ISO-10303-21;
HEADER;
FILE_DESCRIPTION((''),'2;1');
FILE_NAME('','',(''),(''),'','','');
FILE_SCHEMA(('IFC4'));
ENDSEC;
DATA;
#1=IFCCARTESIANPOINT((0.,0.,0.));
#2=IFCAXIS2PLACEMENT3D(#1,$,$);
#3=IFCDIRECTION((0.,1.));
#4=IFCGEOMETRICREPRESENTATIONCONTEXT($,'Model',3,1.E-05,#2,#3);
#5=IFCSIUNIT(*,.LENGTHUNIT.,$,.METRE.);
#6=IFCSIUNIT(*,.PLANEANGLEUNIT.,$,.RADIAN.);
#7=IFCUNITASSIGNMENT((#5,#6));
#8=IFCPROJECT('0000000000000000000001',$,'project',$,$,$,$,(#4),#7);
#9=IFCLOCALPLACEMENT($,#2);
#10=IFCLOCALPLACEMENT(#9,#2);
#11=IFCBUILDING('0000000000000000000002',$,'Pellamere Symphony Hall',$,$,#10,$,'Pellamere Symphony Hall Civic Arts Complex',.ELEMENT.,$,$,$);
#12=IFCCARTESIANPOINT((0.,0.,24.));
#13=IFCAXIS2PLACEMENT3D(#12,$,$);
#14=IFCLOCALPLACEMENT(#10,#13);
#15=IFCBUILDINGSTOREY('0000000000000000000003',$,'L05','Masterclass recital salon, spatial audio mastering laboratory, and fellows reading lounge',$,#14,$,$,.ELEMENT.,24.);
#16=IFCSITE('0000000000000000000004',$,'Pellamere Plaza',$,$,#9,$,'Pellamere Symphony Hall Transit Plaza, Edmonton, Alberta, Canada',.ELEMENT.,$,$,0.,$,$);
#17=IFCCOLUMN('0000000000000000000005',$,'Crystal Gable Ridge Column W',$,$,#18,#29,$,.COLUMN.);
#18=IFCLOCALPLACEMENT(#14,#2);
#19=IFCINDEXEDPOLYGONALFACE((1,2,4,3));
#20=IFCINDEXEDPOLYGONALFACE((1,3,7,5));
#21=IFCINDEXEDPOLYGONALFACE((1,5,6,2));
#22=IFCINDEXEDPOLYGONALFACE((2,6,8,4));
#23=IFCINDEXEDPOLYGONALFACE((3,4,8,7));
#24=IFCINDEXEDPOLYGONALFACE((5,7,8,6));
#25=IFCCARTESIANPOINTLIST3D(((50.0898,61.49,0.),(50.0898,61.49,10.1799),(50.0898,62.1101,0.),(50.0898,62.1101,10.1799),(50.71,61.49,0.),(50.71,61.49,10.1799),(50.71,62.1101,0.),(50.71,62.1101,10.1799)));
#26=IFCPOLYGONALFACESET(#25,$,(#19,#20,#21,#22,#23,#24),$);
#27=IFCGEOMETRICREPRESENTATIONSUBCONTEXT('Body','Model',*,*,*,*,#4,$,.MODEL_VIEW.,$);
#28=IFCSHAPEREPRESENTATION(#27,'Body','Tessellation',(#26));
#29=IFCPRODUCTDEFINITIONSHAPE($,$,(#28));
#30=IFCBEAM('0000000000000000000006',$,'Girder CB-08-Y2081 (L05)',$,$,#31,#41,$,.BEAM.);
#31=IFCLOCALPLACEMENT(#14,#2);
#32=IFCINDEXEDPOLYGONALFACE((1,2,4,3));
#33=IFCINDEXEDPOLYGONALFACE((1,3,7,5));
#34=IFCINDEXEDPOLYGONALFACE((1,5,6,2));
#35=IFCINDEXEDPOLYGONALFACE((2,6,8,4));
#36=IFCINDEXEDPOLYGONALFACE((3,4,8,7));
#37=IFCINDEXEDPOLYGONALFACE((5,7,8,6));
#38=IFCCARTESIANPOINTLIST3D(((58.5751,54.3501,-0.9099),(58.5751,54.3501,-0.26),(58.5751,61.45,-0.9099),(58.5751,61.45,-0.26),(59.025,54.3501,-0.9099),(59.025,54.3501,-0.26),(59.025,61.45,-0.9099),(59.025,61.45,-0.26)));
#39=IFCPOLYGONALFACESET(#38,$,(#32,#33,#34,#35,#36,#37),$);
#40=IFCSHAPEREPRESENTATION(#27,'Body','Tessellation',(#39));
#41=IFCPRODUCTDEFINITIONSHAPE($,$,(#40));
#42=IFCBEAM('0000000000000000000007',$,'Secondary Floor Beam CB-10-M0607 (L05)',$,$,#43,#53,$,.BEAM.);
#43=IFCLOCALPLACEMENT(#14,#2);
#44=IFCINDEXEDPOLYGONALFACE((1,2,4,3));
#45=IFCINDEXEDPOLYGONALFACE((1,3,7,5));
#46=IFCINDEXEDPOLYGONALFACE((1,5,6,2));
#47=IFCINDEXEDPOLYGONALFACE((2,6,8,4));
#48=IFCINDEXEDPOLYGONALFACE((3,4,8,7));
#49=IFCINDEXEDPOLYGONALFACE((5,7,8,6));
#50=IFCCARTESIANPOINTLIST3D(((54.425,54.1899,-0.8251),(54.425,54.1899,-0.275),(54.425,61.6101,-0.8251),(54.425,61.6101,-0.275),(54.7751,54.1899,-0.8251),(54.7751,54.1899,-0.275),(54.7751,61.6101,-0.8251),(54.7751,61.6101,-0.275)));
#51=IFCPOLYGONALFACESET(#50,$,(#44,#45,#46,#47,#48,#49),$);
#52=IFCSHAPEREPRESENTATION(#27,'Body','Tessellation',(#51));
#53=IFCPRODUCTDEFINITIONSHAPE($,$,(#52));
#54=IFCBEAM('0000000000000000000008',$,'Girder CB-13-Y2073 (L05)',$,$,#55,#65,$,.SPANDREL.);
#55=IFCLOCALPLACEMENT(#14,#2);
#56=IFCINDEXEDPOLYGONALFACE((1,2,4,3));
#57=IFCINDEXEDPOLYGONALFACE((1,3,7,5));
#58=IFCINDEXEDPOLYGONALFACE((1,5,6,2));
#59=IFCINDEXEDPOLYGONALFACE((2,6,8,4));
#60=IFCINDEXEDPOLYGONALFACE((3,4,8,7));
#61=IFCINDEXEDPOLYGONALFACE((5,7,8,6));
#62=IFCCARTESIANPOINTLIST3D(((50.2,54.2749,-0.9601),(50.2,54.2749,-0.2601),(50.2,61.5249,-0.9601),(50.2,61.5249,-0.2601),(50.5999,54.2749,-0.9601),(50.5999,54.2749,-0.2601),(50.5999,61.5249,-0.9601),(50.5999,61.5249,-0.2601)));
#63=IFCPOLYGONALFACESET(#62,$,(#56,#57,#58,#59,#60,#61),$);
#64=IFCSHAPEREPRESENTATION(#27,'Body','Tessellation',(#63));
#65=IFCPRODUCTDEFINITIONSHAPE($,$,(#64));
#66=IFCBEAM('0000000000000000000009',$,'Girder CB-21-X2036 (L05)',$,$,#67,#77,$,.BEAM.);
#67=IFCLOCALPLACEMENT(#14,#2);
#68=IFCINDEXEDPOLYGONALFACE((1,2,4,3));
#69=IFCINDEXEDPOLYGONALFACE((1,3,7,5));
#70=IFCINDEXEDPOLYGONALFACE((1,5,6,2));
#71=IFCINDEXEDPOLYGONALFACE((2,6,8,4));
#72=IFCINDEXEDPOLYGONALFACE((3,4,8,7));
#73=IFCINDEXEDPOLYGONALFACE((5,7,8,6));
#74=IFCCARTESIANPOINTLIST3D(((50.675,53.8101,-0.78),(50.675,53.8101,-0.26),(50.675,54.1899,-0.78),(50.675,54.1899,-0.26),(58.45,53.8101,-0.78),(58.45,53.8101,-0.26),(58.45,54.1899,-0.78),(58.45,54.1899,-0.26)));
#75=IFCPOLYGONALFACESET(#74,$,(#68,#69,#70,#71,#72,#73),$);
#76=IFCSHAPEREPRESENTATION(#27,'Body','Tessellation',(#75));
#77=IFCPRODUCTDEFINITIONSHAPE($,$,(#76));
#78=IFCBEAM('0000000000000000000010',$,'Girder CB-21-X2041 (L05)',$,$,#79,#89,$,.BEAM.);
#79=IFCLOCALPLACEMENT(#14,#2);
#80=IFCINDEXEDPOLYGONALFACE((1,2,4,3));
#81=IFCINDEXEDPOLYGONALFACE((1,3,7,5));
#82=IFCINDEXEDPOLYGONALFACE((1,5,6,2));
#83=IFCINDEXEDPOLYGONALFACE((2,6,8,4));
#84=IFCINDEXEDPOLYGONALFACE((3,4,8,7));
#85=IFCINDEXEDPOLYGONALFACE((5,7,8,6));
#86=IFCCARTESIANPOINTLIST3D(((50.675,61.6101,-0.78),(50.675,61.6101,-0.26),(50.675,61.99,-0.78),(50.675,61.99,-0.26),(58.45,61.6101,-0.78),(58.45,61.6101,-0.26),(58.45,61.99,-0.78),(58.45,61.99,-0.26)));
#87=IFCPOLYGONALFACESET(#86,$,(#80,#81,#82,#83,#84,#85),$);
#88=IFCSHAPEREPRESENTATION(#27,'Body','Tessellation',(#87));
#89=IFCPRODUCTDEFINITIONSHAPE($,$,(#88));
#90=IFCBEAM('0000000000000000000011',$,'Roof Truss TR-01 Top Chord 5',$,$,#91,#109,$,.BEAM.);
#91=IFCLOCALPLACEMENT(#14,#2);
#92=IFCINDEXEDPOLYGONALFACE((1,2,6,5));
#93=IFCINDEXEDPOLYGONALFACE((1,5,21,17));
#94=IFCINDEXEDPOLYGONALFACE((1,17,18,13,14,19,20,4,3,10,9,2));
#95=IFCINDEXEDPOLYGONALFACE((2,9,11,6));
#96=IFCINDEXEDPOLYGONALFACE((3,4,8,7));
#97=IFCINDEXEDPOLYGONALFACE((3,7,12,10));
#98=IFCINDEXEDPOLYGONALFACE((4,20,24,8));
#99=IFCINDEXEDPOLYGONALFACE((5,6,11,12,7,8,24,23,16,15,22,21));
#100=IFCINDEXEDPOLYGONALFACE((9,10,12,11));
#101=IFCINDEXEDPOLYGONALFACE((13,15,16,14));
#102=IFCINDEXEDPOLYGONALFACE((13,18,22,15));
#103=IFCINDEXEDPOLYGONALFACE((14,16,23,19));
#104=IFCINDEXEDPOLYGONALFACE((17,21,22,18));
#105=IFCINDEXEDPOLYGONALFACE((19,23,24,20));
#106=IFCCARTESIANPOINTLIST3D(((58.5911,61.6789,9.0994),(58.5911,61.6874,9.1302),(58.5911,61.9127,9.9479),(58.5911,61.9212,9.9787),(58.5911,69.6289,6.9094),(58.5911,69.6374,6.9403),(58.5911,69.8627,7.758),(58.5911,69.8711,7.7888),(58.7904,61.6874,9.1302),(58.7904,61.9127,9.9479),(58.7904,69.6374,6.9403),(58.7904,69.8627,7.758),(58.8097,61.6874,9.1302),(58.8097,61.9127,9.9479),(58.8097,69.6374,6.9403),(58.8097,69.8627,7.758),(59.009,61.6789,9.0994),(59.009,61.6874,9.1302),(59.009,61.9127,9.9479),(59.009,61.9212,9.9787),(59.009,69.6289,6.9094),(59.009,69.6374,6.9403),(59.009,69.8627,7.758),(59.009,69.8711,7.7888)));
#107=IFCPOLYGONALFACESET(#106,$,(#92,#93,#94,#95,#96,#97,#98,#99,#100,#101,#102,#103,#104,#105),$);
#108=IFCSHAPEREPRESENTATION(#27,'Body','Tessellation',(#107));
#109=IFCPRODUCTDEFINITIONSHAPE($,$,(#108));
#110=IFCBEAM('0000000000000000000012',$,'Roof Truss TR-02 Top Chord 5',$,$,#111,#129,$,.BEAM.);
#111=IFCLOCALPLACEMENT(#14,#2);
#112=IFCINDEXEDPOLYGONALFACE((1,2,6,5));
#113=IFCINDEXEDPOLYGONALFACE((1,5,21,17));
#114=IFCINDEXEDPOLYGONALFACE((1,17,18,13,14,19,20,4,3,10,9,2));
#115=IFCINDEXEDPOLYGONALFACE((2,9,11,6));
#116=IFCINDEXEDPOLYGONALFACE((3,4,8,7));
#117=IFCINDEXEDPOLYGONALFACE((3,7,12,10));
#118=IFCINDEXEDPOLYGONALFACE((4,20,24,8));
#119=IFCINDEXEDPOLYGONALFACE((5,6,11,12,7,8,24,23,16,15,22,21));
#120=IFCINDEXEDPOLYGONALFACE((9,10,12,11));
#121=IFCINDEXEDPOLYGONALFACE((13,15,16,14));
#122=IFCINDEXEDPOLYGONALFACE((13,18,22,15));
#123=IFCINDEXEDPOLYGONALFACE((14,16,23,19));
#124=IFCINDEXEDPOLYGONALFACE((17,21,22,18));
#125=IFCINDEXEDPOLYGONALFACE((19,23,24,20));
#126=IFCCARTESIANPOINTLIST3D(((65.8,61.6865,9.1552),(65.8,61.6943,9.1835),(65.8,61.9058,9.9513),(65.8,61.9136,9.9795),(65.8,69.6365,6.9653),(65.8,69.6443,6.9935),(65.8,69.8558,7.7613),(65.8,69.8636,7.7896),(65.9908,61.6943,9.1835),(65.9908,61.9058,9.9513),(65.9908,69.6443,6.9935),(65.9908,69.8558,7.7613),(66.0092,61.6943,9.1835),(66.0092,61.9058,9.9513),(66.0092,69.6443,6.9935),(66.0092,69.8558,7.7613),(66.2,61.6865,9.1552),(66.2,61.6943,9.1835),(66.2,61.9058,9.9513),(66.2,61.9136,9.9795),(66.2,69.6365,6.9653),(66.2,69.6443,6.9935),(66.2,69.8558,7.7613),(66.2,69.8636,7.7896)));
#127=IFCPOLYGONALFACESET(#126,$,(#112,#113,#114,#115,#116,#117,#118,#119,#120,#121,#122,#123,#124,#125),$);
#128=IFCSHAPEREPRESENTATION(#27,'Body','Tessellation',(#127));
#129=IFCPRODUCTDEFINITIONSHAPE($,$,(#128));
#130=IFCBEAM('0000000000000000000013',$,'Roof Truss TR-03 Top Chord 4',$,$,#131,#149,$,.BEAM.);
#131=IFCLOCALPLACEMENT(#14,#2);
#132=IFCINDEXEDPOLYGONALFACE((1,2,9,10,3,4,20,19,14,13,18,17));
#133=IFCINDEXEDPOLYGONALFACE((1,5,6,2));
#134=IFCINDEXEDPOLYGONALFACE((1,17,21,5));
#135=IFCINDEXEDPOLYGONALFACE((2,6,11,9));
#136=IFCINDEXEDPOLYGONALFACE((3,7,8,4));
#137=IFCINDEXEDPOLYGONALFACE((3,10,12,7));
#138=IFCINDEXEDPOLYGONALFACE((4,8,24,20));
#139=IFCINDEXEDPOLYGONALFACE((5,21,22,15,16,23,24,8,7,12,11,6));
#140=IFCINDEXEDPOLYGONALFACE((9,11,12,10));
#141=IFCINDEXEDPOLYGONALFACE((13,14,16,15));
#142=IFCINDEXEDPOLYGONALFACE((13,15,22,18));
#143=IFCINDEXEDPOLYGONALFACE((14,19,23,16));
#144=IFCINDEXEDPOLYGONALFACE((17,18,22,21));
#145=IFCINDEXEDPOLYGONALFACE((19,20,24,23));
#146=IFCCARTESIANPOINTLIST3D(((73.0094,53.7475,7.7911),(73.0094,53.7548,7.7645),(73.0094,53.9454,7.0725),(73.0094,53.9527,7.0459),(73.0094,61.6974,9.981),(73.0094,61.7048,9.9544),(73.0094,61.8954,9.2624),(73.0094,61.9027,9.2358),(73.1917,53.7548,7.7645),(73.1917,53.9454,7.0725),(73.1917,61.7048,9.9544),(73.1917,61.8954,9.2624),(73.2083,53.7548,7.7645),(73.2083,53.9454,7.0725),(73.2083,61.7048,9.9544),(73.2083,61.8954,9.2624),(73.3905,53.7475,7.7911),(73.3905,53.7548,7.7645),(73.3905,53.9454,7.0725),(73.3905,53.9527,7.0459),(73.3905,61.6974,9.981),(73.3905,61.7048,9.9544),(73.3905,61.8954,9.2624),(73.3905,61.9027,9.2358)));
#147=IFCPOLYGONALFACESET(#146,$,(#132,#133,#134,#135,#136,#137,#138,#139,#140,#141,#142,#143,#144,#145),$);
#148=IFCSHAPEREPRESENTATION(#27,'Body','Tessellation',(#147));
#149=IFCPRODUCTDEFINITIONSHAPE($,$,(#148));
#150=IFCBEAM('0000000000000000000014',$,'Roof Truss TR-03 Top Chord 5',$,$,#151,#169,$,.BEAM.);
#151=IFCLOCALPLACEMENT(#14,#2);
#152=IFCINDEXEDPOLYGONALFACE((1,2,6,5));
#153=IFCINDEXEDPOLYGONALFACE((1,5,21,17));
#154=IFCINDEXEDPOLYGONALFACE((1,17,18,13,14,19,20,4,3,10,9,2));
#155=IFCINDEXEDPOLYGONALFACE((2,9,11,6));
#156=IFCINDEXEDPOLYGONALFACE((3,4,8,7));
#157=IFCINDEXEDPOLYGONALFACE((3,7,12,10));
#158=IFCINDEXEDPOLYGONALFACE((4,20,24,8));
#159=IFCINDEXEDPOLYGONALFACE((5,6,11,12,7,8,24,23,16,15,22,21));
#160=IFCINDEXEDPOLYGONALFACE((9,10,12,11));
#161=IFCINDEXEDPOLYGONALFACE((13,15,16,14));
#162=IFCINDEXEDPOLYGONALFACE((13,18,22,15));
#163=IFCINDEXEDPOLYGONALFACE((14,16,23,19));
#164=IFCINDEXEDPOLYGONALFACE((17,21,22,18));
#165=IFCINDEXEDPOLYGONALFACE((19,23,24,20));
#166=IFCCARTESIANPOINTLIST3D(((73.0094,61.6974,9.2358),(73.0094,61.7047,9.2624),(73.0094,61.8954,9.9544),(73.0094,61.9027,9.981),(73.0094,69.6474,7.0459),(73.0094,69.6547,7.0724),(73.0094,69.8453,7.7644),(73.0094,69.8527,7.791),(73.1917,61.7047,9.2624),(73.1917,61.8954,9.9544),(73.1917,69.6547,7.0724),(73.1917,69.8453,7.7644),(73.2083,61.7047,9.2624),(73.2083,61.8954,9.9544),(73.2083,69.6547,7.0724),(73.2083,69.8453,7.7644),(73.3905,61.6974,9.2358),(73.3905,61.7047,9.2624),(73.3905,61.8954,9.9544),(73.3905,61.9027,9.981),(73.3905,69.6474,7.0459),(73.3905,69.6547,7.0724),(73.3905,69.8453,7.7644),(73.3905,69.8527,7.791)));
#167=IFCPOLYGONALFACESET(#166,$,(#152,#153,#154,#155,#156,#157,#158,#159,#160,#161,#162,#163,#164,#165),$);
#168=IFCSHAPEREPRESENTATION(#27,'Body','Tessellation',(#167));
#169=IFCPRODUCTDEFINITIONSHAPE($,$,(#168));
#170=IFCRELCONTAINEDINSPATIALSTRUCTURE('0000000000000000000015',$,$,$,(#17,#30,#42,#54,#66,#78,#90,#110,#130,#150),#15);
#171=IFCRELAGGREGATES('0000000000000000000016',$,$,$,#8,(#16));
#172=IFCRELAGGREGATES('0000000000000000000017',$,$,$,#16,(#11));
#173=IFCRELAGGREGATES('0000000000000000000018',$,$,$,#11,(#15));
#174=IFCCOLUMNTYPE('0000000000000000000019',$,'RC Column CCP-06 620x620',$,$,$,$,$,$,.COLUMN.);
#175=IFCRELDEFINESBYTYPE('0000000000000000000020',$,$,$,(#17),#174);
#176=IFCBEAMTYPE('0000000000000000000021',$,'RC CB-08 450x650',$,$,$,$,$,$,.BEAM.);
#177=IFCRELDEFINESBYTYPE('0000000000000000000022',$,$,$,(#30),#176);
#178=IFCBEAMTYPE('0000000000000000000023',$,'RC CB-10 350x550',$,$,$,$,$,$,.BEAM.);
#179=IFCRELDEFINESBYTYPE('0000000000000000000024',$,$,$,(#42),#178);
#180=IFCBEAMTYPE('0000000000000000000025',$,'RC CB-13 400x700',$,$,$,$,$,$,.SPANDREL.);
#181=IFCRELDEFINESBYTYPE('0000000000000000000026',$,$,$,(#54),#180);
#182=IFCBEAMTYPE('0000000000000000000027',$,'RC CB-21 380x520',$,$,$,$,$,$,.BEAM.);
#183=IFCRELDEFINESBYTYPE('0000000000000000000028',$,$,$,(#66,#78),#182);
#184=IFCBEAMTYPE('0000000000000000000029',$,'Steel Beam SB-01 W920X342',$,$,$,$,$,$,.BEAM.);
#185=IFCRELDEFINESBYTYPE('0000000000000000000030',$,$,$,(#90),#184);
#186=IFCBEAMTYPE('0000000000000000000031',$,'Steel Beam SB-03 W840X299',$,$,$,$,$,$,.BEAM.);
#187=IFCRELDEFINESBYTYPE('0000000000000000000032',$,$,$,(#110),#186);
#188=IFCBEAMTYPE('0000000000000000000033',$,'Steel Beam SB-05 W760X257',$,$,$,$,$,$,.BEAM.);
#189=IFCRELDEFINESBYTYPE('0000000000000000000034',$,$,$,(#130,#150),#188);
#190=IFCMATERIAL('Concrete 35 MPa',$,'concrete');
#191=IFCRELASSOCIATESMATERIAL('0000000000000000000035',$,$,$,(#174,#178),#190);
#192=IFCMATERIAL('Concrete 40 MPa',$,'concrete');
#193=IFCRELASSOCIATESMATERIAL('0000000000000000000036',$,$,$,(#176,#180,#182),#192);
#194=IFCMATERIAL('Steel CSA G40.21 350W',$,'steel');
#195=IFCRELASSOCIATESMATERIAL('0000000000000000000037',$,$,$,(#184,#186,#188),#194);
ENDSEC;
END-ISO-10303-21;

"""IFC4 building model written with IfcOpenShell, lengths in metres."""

from ifc_helpers import new_model, si_unit, direction, frame, origin, origin_2d, place, context, subcontext, project, spatial, rectangle, i_section, extrude, material, material_profile, profile_set, type_object, element, save


model = new_model("IFC4")

# Units and contexts
model_context = context("Model", 3, precision=1e-05, world=origin(), true_north=direction((0.0, 1.0)))
body_context = subcontext(model_context, "Body", "Model", "MODEL_VIEW")
ifc_project = project(units=[si_unit("LENGTHUNIT", "METRE"), si_unit("PLANEANGLEUNIT", "RADIAN")], contexts=[model_context])

# Site, building, storey
site_placement = place(None, origin())
site = spatial("IfcSite", under=ifc_project, at=site_placement, Name="Pellamere Plaza", LongName="Pellamere Symphony Hall Transit Plaza, Edmonton, Alberta, Canada", CompositionType="ELEMENT", RefElevation=0.0)
building_placement = place(site_placement, origin())
building = spatial("IfcBuilding", under=site, at=building_placement, Name="Pellamere Symphony Hall", LongName="Pellamere Symphony Hall Civic Arts Complex", CompositionType="ELEMENT")
storey_placement = place(building_placement, frame((0.0, 0.0, 24.0)))
storey = spatial("IfcBuildingStorey", under=building, at=storey_placement, Name="L05", Description="Masterclass recital salon, spatial audio mastering laboratory, and fellows reading lounge", CompositionType="ELEMENT", Elevation=24.0)

# Column
ifc_material_1 = material(Name="Concrete 35 MPa", Category="concrete")
ifc_material_profile_1 = material_profile(ifc_material_1, rectangle(XDim=0.6201, YDim=0.6201, at=origin_2d()), Name="RC 620x620")
ifc_profile_set_1 = profile_set([ifc_material_profile_1], Name="Concrete 35 MPa")
column_type = type_object("IfcColumnType", Name="RC Column CCP-06 620x620", PredefinedType="COLUMN", material=ifc_profile_set_1)
column_placement = place(storey_placement, frame((50.3999, 61.8, 0.0), z_axis=(0.0, 0.0, 1.0), x_axis=(1.0, 0.0, 0.0)))
element("IfcColumn", 1, at=column_placement, inside=storey, type_object=column_type, Name="Crystal Gable Ridge Column W", PredefinedType="COLUMN", context=body_context, shape_type="SweptSolid", body=[
    extrude(rectangle(XDim=0.6201, YDim=0.6201, at=origin_2d()), origin(), (0.0, 0.0, 1.0), 10.1799),
])

# Beams
ifc_material_2 = material(Name="Concrete 40 MPa", Category="concrete")
ifc_material_profile_2 = material_profile(ifc_material_2, rectangle(XDim=0.45, YDim=0.6499, at=origin_2d()), Name="RC 450x650")
ifc_profile_set_2 = profile_set([ifc_material_profile_2], Name="Concrete 40 MPa")
beam_type_1 = type_object("IfcBeamType", Name="RC CB-08 450x650", PredefinedType="BEAM", material=ifc_profile_set_2)
beam_1_placement = place(storey_placement, frame((58.8, 54.3501, -0.585), z_axis=(0.0, 1.0, 0.0), x_axis=(-1.0, 0.0, 0.0)))
element("IfcBeam", 2, at=beam_1_placement, inside=storey, type_object=beam_type_1, Name="Girder CB-08-Y2081 (L05)", PredefinedType="BEAM", context=body_context, shape_type="SweptSolid", body=[
    extrude(rectangle(XDim=0.45, YDim=0.6499, at=origin_2d()), origin(), (0.0, 0.0, 1.0), 7.0999),
])
ifc_material_profile_3 = material_profile(ifc_material_1, rectangle(XDim=0.3501, YDim=0.55, at=origin_2d()), Name="RC 350x550")
ifc_profile_set_3 = profile_set([ifc_material_profile_3], Name="Concrete 35 MPa")
beam_type_2 = type_object("IfcBeamType", Name="RC CB-10 350x550", PredefinedType="BEAM", material=ifc_profile_set_3)
beam_2_placement = place(storey_placement, frame((54.6001, 54.1899, -0.55), z_axis=(0.0, 1.0, 0.0), x_axis=(-1.0, 0.0, 0.0)))
element("IfcBeam", 3, at=beam_2_placement, inside=storey, type_object=beam_type_2, Name="Secondary Floor Beam CB-10-M0607 (L05)", PredefinedType="BEAM", context=body_context, shape_type="SweptSolid", body=[
    extrude(rectangle(XDim=0.3501, YDim=0.55, at=origin_2d()), origin(), (0.0, 0.0, 1.0), 7.4202),
])
ifc_material_profile_4 = material_profile(ifc_material_2, rectangle(XDim=0.3999, YDim=0.7, at=origin_2d()), Name="RC 400x700")
ifc_profile_set_4 = profile_set([ifc_material_profile_4], Name="Concrete 40 MPa")
beam_type_3 = type_object("IfcBeamType", Name="RC CB-13 400x700", PredefinedType="SPANDREL", material=ifc_profile_set_4)
beam_3_placement = place(storey_placement, frame((50.3999, 54.2749, -0.6101), z_axis=(0.0, 1.0, 0.0), x_axis=(-1.0, 0.0, 0.0)))
element("IfcBeam", 4, at=beam_3_placement, inside=storey, type_object=beam_type_3, Name="Girder CB-13-Y2073 (L05)", PredefinedType="SPANDREL", context=body_context, shape_type="SweptSolid", body=[
    extrude(rectangle(XDim=0.3999, YDim=0.7, at=origin_2d()), origin(), (0.0, 0.0, 1.0), 7.25),
])
ifc_material_profile_5 = material_profile(ifc_material_2, rectangle(XDim=0.3799, YDim=0.52, at=origin_2d()), Name="RC 380x520")
ifc_profile_set_5 = profile_set([ifc_material_profile_5], Name="Concrete 40 MPa")
beam_type_4 = type_object("IfcBeamType", Name="RC CB-21 380x520", PredefinedType="BEAM", material=ifc_profile_set_5)
for number, where, z_axis, x_axis, name in (
    (5, (50.675, 54.0, -0.52), (1.0, 0.0, 0.0), (0.0, 1.0, 0.0), "Girder CB-21-X2036 (L05)"),
    (6, (50.675, 61.8, -0.52), (1.0, 0.0, 0.0), (0.0, 1.0, 0.0), "Girder CB-21-X2041 (L05)"),
):
    element("IfcBeam", number, at=place(storey_placement, frame(where, z_axis=z_axis, x_axis=x_axis)), inside=storey, type_object=beam_type_4, Name=name, PredefinedType="BEAM", context=body_context, shape_type="SweptSolid", body=[
        extrude(rectangle(XDim=0.3799, YDim=0.52, at=origin_2d()), origin(), (0.0, 0.0, 1.0), 7.7749),
    ])
ifc_material_3 = material(Name="Steel CSA G40.21 350W", Category="steel")
ifc_material_profile_6 = material_profile(ifc_material_3, i_section(OverallWidth=0.418, OverallDepth=0.9121, WebThickness=0.0193, FlangeThickness=0.032, at=origin_2d()), Name="W920X342")
ifc_profile_set_6 = profile_set([ifc_material_profile_6], Name="Steel CSA G40.21 350W")
beam_type_5 = type_object("IfcBeamType", Name="Steel Beam SB-01 W920X342", PredefinedType="BEAM", material=ifc_profile_set_6)
beam_4_placement = place(storey_placement, frame((58.8, 61.8, 9.5391), z_axis=(0.0, 0.96409, -0.265574), x_axis=(-1.0, 0.0, 0.0)))
element("IfcBeam", 7, at=beam_4_placement, inside=storey, type_object=beam_type_5, Name="Roof Truss TR-01 Top Chord 5", PredefinedType="BEAM", context=body_context, shape_type="SweptSolid", body=[
    extrude(i_section(OverallWidth=0.418, OverallDepth=0.9121, WebThickness=0.0193, FlangeThickness=0.032, at=origin_2d()), origin(), (0.0, 0.0, 1.0), 8.2461),
])
ifc_material_profile_7 = material_profile(ifc_material_3, i_section(OverallWidth=0.3999, OverallDepth=0.855, WebThickness=0.0183, FlangeThickness=0.0293, at=origin_2d()), Name="W840X299")
ifc_profile_set_7 = profile_set([ifc_material_profile_7], Name="Steel CSA G40.21 350W")
beam_type_6 = type_object("IfcBeamType", Name="Steel Beam SB-03 W840X299", PredefinedType="BEAM", material=ifc_profile_set_7)
beam_5_placement = place(storey_placement, frame((66.0, 61.8, 9.5674), z_axis=(0.0, 0.96409, -0.265574), x_axis=(-1.0, 0.0, 0.0)))
element("IfcBeam", 8, at=beam_5_placement, inside=storey, type_object=beam_type_6, Name="Roof Truss TR-02 Top Chord 5", PredefinedType="BEAM", context=body_context, shape_type="SweptSolid", body=[
    extrude(i_section(OverallWidth=0.3999, OverallDepth=0.855, WebThickness=0.0183, FlangeThickness=0.0293, at=origin_2d()), origin(), (0.0, 0.0, 1.0), 8.2461),
])
ifc_material_profile_8 = material_profile(ifc_material_3, i_section(OverallWidth=0.3811, OverallDepth=0.7729, WebThickness=0.0166, FlangeThickness=0.0276, at=origin_2d()), Name="W760X257")
ifc_profile_set_8 = profile_set([ifc_material_profile_8], Name="Steel CSA G40.21 350W")
beam_type_7 = type_object("IfcBeamType", Name="Steel Beam SB-05 W760X257", PredefinedType="BEAM", material=ifc_profile_set_8)
for number, where, z_axis, x_axis, name in (
    (9, (73.2, 53.8501, 7.4185), (0.0, 0.96409, 0.265574), (-1.0, 0.0, 0.0), "Roof Truss TR-03 Top Chord 4"),
    (10, (73.2, 61.8, 9.6084), (0.0, 0.96409, -0.265574), (-1.0, 0.0, 0.0), "Roof Truss TR-03 Top Chord 5"),
):
    element("IfcBeam", number, at=place(storey_placement, frame(where, z_axis=z_axis, x_axis=x_axis)), inside=storey, type_object=beam_type_7, Name=name, PredefinedType="BEAM", context=body_context, shape_type="SweptSolid", body=[
        extrude(i_section(OverallWidth=0.3811, OverallDepth=0.7729, WebThickness=0.0166, FlangeThickness=0.0276, at=origin_2d()), origin(), (0.0, 0.0, 1.0), 8.2461),
    ])

save(model, "model.ifc")
